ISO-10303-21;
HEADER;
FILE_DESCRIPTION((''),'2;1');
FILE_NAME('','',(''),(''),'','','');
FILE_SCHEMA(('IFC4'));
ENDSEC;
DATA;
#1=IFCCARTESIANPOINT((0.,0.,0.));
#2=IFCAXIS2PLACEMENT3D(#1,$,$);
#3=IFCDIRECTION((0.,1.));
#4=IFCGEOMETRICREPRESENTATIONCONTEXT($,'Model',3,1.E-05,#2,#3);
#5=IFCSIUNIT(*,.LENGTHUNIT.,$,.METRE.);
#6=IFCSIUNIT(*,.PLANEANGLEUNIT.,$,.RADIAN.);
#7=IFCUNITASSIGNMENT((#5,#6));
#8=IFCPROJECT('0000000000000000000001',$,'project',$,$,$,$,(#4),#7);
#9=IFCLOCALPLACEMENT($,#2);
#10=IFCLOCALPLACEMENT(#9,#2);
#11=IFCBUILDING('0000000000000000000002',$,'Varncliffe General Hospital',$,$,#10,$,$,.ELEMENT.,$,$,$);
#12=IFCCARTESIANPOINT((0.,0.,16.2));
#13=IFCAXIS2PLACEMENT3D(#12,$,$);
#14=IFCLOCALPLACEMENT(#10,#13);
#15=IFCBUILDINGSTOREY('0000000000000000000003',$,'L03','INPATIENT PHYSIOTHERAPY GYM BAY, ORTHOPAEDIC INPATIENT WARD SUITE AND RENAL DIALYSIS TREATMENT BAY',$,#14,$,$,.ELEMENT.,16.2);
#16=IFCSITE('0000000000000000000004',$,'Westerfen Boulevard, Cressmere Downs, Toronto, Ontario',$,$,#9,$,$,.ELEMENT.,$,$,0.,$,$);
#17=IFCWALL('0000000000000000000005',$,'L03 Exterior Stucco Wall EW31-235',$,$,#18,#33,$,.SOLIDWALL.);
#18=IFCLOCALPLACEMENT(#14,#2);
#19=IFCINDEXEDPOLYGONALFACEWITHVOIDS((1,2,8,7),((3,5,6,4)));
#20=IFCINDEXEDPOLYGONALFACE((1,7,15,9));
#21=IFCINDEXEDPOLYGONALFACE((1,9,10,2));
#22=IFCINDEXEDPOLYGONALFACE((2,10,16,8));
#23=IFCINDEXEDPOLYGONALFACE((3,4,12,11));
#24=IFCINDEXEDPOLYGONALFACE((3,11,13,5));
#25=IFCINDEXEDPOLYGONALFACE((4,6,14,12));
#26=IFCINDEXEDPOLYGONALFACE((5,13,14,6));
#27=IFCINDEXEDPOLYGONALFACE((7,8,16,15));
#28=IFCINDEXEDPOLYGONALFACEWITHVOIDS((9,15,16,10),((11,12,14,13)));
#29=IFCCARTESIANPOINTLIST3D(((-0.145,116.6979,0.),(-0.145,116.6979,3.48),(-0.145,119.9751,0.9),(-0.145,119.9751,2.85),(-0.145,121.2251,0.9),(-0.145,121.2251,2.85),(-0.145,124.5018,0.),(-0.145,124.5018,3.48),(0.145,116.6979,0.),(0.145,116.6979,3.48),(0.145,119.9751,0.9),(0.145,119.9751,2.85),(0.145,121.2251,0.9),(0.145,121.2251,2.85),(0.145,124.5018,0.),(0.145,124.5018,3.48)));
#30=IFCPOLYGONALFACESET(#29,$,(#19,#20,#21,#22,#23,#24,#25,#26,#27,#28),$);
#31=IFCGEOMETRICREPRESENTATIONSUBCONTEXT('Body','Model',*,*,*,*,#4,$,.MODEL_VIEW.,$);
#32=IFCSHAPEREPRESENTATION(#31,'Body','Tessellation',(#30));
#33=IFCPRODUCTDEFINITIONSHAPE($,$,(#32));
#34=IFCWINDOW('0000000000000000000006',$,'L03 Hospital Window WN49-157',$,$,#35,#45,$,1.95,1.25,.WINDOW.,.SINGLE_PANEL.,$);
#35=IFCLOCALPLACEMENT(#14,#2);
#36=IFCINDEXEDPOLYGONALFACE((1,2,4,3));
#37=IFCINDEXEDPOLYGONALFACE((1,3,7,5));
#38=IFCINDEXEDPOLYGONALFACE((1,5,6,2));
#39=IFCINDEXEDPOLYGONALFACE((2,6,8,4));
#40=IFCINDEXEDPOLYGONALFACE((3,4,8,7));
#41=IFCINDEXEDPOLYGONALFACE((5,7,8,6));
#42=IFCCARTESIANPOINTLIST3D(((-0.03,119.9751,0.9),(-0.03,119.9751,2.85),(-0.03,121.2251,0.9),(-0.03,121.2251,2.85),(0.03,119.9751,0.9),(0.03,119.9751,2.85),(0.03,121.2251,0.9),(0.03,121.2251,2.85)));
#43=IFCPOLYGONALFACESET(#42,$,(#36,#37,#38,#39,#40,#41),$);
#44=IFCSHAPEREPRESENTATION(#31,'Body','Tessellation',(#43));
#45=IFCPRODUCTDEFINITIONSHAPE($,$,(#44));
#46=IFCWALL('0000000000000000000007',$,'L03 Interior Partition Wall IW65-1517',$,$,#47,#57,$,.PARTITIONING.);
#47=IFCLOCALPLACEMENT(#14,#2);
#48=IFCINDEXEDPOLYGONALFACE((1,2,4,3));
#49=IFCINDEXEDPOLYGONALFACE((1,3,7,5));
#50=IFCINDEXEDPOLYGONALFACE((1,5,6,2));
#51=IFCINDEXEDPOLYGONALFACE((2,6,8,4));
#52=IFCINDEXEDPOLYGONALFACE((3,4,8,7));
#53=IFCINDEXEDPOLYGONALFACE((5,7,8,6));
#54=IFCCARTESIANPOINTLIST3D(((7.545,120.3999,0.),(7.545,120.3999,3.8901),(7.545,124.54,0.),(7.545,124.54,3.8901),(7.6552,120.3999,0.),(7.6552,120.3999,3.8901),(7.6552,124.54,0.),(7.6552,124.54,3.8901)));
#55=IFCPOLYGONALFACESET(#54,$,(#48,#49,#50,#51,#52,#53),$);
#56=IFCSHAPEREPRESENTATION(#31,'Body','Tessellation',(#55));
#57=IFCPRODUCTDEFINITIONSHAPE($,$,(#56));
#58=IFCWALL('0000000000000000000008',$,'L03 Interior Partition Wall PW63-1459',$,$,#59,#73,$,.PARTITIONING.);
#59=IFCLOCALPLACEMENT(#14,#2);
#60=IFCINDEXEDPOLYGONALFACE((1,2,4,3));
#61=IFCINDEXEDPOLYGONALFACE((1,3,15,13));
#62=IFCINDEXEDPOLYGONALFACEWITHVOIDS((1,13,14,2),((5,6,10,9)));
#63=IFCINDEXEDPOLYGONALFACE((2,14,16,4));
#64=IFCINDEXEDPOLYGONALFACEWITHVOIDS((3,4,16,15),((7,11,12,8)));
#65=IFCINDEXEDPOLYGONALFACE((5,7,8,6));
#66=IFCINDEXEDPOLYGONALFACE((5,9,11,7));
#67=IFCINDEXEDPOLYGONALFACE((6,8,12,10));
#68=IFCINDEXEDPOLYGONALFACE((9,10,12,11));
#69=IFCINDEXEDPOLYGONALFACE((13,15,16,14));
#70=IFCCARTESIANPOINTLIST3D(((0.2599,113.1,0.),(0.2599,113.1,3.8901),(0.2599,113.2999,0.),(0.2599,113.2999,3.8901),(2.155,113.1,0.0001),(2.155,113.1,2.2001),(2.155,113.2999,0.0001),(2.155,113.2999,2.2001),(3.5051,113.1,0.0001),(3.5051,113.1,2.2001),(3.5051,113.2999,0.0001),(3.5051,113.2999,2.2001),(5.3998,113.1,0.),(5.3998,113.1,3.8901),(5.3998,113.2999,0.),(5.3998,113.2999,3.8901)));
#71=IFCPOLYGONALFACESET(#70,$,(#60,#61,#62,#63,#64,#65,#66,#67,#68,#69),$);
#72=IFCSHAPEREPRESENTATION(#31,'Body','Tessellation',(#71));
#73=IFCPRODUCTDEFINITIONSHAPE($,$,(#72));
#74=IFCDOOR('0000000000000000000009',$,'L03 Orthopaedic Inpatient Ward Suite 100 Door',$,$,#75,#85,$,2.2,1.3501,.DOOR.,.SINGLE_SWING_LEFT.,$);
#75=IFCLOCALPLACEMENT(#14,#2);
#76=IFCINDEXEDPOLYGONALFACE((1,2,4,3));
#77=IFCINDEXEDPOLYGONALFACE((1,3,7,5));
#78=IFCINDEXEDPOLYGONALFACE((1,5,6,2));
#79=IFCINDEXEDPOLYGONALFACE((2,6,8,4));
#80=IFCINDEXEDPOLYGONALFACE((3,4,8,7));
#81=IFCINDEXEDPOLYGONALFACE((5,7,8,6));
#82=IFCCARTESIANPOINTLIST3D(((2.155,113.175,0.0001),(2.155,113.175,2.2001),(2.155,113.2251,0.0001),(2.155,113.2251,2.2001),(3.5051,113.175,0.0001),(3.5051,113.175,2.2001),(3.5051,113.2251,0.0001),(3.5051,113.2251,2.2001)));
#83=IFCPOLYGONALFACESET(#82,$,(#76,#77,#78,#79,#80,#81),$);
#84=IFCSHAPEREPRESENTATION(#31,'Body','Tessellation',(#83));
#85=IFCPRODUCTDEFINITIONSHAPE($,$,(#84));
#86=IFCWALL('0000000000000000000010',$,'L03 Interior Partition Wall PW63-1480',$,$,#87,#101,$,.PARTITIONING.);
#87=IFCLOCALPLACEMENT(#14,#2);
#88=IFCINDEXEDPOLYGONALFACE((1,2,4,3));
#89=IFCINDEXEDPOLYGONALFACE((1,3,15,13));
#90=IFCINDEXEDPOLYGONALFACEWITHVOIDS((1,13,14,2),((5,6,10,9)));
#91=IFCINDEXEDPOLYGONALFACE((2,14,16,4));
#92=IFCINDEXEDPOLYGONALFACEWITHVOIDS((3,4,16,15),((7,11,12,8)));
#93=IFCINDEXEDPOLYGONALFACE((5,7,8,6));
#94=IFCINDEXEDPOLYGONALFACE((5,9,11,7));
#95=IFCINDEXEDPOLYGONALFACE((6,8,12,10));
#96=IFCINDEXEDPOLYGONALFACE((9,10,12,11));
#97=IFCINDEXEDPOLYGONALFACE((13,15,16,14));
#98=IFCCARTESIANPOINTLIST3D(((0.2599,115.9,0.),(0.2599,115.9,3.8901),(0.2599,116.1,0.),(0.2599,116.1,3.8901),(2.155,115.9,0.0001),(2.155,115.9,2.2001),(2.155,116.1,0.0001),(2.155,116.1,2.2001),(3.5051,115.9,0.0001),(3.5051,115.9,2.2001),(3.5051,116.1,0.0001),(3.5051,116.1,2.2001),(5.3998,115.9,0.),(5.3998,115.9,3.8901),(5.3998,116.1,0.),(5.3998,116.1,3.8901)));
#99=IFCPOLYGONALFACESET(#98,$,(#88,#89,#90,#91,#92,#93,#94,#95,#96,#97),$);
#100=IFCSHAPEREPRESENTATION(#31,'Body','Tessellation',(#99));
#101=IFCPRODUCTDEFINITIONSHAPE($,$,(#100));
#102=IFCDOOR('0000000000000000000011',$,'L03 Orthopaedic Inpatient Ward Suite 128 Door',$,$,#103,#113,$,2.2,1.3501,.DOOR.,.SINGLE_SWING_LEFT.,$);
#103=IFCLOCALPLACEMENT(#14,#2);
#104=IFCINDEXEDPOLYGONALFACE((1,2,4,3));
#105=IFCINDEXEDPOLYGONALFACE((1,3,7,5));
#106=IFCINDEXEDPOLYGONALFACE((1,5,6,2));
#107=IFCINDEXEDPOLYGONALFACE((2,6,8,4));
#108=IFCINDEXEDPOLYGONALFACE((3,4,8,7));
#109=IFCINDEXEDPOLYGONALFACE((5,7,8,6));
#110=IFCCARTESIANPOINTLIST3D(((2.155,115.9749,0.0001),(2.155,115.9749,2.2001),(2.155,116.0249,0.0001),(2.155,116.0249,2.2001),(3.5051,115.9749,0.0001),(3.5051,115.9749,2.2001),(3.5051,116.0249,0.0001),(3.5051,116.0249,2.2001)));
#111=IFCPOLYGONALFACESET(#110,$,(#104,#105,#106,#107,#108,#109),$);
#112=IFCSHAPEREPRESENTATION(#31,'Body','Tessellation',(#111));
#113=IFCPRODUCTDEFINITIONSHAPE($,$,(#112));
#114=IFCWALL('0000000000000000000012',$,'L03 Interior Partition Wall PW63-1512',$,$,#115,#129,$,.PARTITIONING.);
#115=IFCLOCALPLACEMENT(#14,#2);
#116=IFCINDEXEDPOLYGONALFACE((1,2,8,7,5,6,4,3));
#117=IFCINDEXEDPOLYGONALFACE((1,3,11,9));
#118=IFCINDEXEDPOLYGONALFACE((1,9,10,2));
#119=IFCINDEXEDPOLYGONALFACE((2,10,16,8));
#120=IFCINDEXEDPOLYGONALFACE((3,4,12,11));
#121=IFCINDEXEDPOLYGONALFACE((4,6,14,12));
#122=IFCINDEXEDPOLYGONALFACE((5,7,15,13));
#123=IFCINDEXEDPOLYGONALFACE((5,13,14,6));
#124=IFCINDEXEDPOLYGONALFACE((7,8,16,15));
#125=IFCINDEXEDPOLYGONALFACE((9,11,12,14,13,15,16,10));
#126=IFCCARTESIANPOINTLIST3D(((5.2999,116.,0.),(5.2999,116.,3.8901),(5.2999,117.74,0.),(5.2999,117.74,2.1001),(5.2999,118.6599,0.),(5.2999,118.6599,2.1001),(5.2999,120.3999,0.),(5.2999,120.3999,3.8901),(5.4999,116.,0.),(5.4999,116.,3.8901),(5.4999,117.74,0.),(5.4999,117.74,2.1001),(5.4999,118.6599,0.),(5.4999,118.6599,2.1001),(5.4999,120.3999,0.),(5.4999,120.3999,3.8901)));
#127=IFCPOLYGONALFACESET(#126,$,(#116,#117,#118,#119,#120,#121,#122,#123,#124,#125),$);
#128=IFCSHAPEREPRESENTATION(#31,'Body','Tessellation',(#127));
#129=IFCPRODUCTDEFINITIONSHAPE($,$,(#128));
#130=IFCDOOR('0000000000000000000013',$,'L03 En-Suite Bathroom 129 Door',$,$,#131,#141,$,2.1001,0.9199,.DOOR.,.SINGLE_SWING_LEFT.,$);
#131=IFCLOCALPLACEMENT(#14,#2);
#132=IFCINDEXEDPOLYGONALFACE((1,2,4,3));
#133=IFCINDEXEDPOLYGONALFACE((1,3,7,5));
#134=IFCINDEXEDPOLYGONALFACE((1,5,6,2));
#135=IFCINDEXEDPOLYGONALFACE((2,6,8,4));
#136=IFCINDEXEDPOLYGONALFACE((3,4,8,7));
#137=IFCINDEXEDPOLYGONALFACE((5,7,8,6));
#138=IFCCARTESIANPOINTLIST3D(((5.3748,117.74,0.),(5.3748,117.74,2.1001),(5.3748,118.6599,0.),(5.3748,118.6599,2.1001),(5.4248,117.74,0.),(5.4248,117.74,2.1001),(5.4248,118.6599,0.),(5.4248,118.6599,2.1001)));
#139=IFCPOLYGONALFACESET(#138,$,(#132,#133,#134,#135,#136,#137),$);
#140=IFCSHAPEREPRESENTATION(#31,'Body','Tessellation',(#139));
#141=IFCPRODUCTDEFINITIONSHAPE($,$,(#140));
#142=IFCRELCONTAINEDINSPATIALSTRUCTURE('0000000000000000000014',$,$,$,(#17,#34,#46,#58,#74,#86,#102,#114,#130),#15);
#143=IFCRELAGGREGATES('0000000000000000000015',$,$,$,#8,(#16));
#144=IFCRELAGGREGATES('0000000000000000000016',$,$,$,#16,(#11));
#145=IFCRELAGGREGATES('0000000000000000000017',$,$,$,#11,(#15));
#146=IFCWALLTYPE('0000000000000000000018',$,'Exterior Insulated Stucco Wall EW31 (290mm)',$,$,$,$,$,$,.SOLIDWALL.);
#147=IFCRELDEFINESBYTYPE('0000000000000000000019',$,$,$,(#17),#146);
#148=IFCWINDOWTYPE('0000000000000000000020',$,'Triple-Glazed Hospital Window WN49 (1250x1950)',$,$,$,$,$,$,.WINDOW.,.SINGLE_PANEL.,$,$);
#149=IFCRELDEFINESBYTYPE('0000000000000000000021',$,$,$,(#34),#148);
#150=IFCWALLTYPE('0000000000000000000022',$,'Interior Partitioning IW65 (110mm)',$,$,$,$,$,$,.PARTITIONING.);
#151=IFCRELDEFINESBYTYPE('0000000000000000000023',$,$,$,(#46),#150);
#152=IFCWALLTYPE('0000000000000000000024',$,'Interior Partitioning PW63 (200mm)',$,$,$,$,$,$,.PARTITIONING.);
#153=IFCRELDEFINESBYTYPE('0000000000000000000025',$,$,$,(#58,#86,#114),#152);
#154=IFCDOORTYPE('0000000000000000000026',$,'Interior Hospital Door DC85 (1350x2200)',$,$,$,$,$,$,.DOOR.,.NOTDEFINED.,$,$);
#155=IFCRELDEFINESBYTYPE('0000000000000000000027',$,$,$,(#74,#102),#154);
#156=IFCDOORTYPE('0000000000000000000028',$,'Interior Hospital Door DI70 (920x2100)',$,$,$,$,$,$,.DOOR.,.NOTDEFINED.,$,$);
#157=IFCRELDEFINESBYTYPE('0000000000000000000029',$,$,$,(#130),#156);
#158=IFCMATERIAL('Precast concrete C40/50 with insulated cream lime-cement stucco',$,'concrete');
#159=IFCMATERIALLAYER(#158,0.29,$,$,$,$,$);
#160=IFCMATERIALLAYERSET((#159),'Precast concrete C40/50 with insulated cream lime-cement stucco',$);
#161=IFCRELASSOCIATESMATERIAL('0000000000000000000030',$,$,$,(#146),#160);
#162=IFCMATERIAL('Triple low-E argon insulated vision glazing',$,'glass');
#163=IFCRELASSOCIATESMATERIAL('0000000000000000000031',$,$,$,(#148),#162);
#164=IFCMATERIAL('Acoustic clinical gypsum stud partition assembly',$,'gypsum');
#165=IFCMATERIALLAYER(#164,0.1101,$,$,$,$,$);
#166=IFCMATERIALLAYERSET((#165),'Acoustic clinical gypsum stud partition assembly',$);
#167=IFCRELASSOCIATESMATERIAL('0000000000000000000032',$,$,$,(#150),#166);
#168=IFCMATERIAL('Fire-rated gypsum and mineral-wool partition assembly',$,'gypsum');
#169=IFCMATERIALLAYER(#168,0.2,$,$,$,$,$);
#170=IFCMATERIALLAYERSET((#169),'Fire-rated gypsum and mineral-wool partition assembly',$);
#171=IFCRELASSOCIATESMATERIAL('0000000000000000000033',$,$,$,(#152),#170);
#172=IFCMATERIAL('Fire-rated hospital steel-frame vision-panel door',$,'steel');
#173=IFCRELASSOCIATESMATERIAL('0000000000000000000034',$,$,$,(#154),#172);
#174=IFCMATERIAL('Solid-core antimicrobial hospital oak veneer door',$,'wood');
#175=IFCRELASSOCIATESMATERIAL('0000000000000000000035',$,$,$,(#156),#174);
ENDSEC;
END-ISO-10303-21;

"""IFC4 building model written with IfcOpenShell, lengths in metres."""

from ifc_helpers import new_model, si_unit, direction, frame, frame_2d, origin, place, context, subcontext, project, spatial, rectangle, extrude, material, layer, layer_set, type_object, element, fill, save


model = new_model("IFC4")

# Units and contexts
model_context = context("Model", 3, precision=1e-05, world=origin(), true_north=direction((0.0, 1.0)))
body_context = subcontext(model_context, "Body", "Model", "MODEL_VIEW")
ifc_project = project(units=[si_unit("LENGTHUNIT", "METRE"), si_unit("PLANEANGLEUNIT", "RADIAN")], contexts=[model_context])

# Site, building, storey
site_placement = place(None, origin())
site = spatial("IfcSite", under=ifc_project, at=site_placement, Name="Westerfen Boulevard, Cressmere Downs, Toronto, Ontario", CompositionType="ELEMENT", RefElevation=0.0)
building_placement = place(site_placement, origin())
building = spatial("IfcBuilding", under=site, at=building_placement, Name="Varncliffe General Hospital", CompositionType="ELEMENT")
storey_placement = place(building_placement, frame((0.0, 0.0, 16.2)))
storey = spatial("IfcBuildingStorey", under=building, at=storey_placement, Name="L03", Description="INPATIENT PHYSIOTHERAPY GYM BAY, ORTHOPAEDIC INPATIENT WARD SUITE AND RENAL DIALYSIS TREATMENT BAY", CompositionType="ELEMENT", Elevation=16.2)

# Wall, opening, window
ifc_material_1 = material(Name="Precast concrete C40/50 with insulated cream lime-cement stucco", Category="concrete")
ifc_material_2 = material(Name="Triple low-E argon insulated vision glazing", Category="glass")
ifc_layer_1 = layer(ifc_material_1, 0.29)
ifc_layer_set_1 = layer_set([ifc_layer_1], Name="Precast concrete C40/50 with insulated cream lime-cement stucco")
wall_type_1 = type_object("IfcWallType", Name="Exterior Insulated Stucco Wall EW31 (290mm)", PredefinedType="SOLIDWALL", material=ifc_layer_set_1)
wall_1_placement = place(storey_placement, frame((0.0, 116.698, 0.0), z_axis=(0.0, 0.0, 1.0), x_axis=(0.0, 1.0, 0.0)))
wall_1 = element("IfcWall", 1, at=wall_1_placement, inside=storey, type_object=wall_type_1, Name="L03 Exterior Stucco Wall EW31-235", PredefinedType="SOLIDWALL", context=body_context, shape_type="SweptSolid", body=[
    extrude(rectangle(XDim=7.804, YDim=0.29, at=frame_2d((3.9019, 0.0))), origin(), (0.0, 0.0, 1.0), 3.48),
])
opening_1_placement = place(wall_1_placement, frame((3.2771, 0.0, 0.8999)))
opening_1 = element("IfcOpeningElement", 2, at=opening_1_placement, cuts=wall_1, PredefinedType="OPENING", context=body_context, shape_type="SweptSolid", body=[
    extrude(rectangle(XDim=1.25, YDim=1.95, at=frame_2d((0.625, 0.9751))), frame((0.0, 0.155, 0.0), z_axis=(0.0, -1.0, 0.0), x_axis=(1.0, 0.0, 0.0)), (0.0, 0.0, 1.0), 0.3101),
])
window_type_1 = type_object("IfcWindowType", Name="Triple-Glazed Hospital Window WN49 (1250x1950)", PartitioningType="SINGLE_PANEL", PredefinedType="WINDOW", material=ifc_material_2)
window_1_placement = place(opening_1_placement, origin())
window_1 = element("IfcWindow", 3, at=window_1_placement, inside=storey, type_object=window_type_1, Name="L03 Hospital Window WN49-157", OverallHeight=1.95, OverallWidth=1.25, PartitioningType="SINGLE_PANEL", PredefinedType="WINDOW", context=body_context, shape_type="SweptSolid", body=[
    extrude(rectangle(XDim=1.25, YDim=1.95, at=frame_2d((0.625, 0.9751))), frame((0.0, 0.03, 0.0), z_axis=(0.0, -1.0, 0.0), x_axis=(1.0, 0.0, 0.0)), (0.0, 0.0, 1.0), 0.0601),
])
fill(opening_1, window_1)

# Wall
ifc_material_3 = material(Name="Acoustic clinical gypsum stud partition assembly", Category="gypsum")
ifc_layer_2 = layer(ifc_material_3, 0.1101)
ifc_layer_set_2 = layer_set([ifc_layer_2], Name="Acoustic clinical gypsum stud partition assembly")
wall_type_2 = type_object("IfcWallType", Name="Interior Partitioning IW65 (110mm)", PredefinedType="PARTITIONING", material=ifc_layer_set_2)
wall_2_placement = place(storey_placement, frame((7.6001, 120.3999, 0.0), z_axis=(0.0, 0.0, 1.0), x_axis=(0.0, 1.0, 0.0)))
element("IfcWall", 4, at=wall_2_placement, inside=storey, type_object=wall_type_2, Name="L03 Interior Partition Wall IW65-1517", PredefinedType="PARTITIONING", context=body_context, shape_type="SweptSolid", body=[
    extrude(rectangle(XDim=4.1401, YDim=0.1101, at=frame_2d((2.0701, 0.0))), origin(), (0.0, 0.0, 1.0), 3.8901),
])

# Walls, openings, doors
ifc_material_4 = material(Name="Fire-rated gypsum and mineral-wool partition assembly", Category="gypsum")
ifc_layer_3 = layer(ifc_material_4, 0.2)
ifc_layer_set_3 = layer_set([ifc_layer_3], Name="Fire-rated gypsum and mineral-wool partition assembly")
wall_type_3 = type_object("IfcWallType", Name="Interior Partitioning PW63 (200mm)", PredefinedType="PARTITIONING", material=ifc_layer_set_3)
wall_3_placement = place(storey_placement, frame((0.26, 113.2, 0.0), z_axis=(0.0, 0.0, 1.0), x_axis=(1.0, 0.0, 0.0)))
wall_3 = element("IfcWall", 5, at=wall_3_placement, inside=storey, type_object=wall_type_3, Name="L03 Interior Partition Wall PW63-1459", PredefinedType="PARTITIONING", context=body_context, shape_type="SweptSolid", body=[
    extrude(rectangle(XDim=5.1399, YDim=0.2, at=frame_2d((2.5698, 0.0))), origin(), (0.0, 0.0, 1.0), 3.8901),
])
opening_2_placement = place(wall_3_placement, frame((1.895, 0.0, 0.0)))
opening_2 = element("IfcOpeningElement", 6, at=opening_2_placement, cuts=wall_3, PredefinedType="OPENING", context=body_context, shape_type="SweptSolid", body=[
    extrude(rectangle(XDim=1.3501, YDim=2.2, at=frame_2d((0.675, 1.1001))), frame((0.0, 0.1099, 0.0), z_axis=(0.0, -1.0, 0.0), x_axis=(1.0, 0.0, 0.0)), (0.0, 0.0, 1.0), 0.22),
])
ifc_material_5 = material(Name="Fire-rated hospital steel-frame vision-panel door", Category="steel")
door_type_1 = type_object("IfcDoorType", Name="Interior Hospital Door DC85 (1350x2200)", OperationType="NOTDEFINED", PredefinedType="DOOR", material=ifc_material_5)
door_1_placement = place(opening_2_placement, frame((1.3501, 0.0, 0.0), z_axis=(0.0, 0.0, 1.0), x_axis=(-1.0, 0.0, 0.0)))
door_1 = element("IfcDoor", 7, at=door_1_placement, inside=storey, type_object=door_type_1, Name="L03 Orthopaedic Inpatient Ward Suite 100 Door", OperationType="SINGLE_SWING_LEFT", OverallHeight=2.2, OverallWidth=1.3501, PredefinedType="DOOR", context=body_context, shape_type="SweptSolid", body=[
    extrude(rectangle(XDim=1.3501, YDim=2.2, at=frame_2d((0.675, 1.1001))), frame((0.0, 0.0249, 0.0), z_axis=(0.0, -1.0, 0.0), x_axis=(1.0, 0.0, 0.0)), (0.0, 0.0, 1.0), 0.05),
])
fill(opening_2, door_1)
wall_4_placement = place(storey_placement, frame((0.26, 116.0, 0.0), z_axis=(0.0, 0.0, 1.0), x_axis=(1.0, 0.0, 0.0)))
wall_4 = element("IfcWall", 8, at=wall_4_placement, inside=storey, type_object=wall_type_3, Name="L03 Interior Partition Wall PW63-1480", PredefinedType="PARTITIONING", context=body_context, shape_type="SweptSolid", body=[
    extrude(rectangle(XDim=5.1399, YDim=0.2, at=frame_2d((2.5698, 0.0))), origin(), (0.0, 0.0, 1.0), 3.8901),
])
opening_3_placement = place(wall_4_placement, frame((1.895, 0.0, 0.0)))
opening_3 = element("IfcOpeningElement", 9, at=opening_3_placement, cuts=wall_4, PredefinedType="OPENING", context=body_context, shape_type="SweptSolid", body=[
    extrude(rectangle(XDim=1.3501, YDim=2.2, at=frame_2d((0.675, 1.1001))), frame((0.0, 0.1099, 0.0), z_axis=(0.0, -1.0, 0.0), x_axis=(1.0, 0.0, 0.0)), (0.0, 0.0, 1.0), 0.22),
])
door_2_placement = place(opening_3_placement, origin())
door_2 = element("IfcDoor", 10, at=door_2_placement, inside=storey, type_object=door_type_1, Name="L03 Orthopaedic Inpatient Ward Suite 128 Door", OperationType="SINGLE_SWING_LEFT", OverallHeight=2.2, OverallWidth=1.3501, PredefinedType="DOOR", context=body_context, shape_type="SweptSolid", body=[
    extrude(rectangle(XDim=1.3501, YDim=2.2, at=frame_2d((0.675, 1.1001))), frame((0.0, 0.0249, 0.0), z_axis=(0.0, -1.0, 0.0), x_axis=(1.0, 0.0, 0.0)), (0.0, 0.0, 1.0), 0.05),
])
fill(opening_3, door_2)
wall_5_placement = place(storey_placement, frame((5.3999, 116.0, 0.0), z_axis=(0.0, 0.0, 1.0), x_axis=(0.0, 1.0, 0.0)))
wall_5 = element("IfcWall", 11, at=wall_5_placement, inside=storey, type_object=wall_type_3, Name="L03 Interior Partition Wall PW63-1512", PredefinedType="PARTITIONING", context=body_context, shape_type="SweptSolid", body=[
    extrude(rectangle(XDim=4.3999, YDim=0.2, at=frame_2d((2.2, 0.0))), origin(), (0.0, 0.0, 1.0), 3.8901),
])
opening_4_placement = place(wall_5_placement, frame((1.74, 0.0, 0.0)))
opening_4 = element("IfcOpeningElement", 12, at=opening_4_placement, cuts=wall_5, PredefinedType="OPENING", context=body_context, shape_type="SweptSolid", body=[
    extrude(rectangle(XDim=0.9199, YDim=2.1001, at=frame_2d((0.46, 1.05))), frame((0.0, 0.1099, 0.0), z_axis=(0.0, -1.0, 0.0), x_axis=(1.0, 0.0, 0.0)), (0.0, 0.0, 1.0), 0.22),
])
ifc_material_6 = material(Name="Solid-core antimicrobial hospital oak veneer door", Category="wood")
door_type_2 = type_object("IfcDoorType", Name="Interior Hospital Door DI70 (920x2100)", OperationType="NOTDEFINED", PredefinedType="DOOR", material=ifc_material_6)
door_3_placement = place(opening_4_placement, frame((0.9199, 0.0, 0.0), z_axis=(0.0, 0.0, 1.0), x_axis=(-1.0, 0.0, 0.0)))
door_3 = element("IfcDoor", 13, at=door_3_placement, inside=storey, type_object=door_type_2, Name="L03 En-Suite Bathroom 129 Door", OperationType="SINGLE_SWING_LEFT", OverallHeight=2.1001, OverallWidth=0.9199, PredefinedType="DOOR", context=body_context, shape_type="SweptSolid", body=[
    extrude(rectangle(XDim=0.9199, YDim=2.1001, at=frame_2d((0.46, 1.05))), frame((0.0, 0.0249, 0.0), z_axis=(0.0, -1.0, 0.0), x_axis=(1.0, 0.0, 0.0)), (0.0, 0.0, 1.0), 0.05),
])
fill(opening_4, door_3)

save(model, "model.ifc")
